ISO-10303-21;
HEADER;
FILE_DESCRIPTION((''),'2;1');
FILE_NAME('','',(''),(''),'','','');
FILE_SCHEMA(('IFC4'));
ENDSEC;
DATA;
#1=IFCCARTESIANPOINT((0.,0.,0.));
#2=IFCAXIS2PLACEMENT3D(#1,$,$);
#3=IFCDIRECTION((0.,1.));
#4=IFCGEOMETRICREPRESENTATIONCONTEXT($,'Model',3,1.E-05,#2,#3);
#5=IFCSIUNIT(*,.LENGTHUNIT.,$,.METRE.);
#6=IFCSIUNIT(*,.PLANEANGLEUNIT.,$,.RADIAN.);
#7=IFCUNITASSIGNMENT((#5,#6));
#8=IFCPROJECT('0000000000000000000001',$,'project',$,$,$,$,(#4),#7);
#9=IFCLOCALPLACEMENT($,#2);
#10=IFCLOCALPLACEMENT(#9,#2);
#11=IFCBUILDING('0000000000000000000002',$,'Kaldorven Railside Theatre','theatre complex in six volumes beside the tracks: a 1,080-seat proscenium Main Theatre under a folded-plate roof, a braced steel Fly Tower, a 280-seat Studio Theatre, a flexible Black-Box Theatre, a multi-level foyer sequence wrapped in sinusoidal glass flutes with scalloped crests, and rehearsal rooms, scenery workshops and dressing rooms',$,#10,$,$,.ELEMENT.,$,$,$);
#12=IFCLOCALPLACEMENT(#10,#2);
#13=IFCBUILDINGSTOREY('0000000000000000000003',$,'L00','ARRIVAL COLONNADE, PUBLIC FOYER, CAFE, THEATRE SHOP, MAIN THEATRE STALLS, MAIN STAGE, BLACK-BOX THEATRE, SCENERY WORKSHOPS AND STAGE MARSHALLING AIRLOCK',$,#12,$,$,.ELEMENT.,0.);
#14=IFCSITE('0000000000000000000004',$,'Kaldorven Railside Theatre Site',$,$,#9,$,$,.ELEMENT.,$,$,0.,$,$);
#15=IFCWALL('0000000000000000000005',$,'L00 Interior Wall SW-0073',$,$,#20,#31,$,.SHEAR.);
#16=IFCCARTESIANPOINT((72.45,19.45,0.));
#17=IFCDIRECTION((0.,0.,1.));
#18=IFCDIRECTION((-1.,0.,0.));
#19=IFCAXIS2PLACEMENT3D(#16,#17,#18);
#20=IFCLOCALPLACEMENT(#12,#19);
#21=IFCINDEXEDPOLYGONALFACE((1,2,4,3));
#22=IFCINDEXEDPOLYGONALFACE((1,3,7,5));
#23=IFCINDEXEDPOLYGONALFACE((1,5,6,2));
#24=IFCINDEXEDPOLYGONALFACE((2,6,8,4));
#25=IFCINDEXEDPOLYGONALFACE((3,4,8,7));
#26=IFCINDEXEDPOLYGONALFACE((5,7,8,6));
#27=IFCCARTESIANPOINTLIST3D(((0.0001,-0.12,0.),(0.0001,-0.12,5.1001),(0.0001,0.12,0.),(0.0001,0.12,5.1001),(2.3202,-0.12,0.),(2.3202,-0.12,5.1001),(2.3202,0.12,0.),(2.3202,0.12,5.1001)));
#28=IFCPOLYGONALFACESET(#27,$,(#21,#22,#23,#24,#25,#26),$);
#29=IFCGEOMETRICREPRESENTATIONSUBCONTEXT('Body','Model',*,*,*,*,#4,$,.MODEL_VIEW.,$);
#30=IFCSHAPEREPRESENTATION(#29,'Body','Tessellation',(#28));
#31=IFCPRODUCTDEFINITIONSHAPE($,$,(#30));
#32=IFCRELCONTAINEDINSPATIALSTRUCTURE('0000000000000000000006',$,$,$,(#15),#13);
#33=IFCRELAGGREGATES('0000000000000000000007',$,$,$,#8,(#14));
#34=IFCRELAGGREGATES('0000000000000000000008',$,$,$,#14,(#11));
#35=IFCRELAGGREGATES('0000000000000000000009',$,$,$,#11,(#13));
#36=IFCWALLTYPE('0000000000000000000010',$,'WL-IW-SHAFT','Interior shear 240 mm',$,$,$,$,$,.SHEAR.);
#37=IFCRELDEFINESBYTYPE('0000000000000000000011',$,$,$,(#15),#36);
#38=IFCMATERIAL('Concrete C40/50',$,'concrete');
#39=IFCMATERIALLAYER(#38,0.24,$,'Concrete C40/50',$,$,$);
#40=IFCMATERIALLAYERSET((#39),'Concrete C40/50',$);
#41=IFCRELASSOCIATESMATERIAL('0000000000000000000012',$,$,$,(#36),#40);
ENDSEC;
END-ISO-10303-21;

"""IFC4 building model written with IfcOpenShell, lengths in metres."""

from ifc_helpers import new_model, si_unit, direction, frame, frame_2d, origin, place, context, subcontext, project, spatial, rectangle, extrude, material, layer, layer_set, type_object, element, save


model = new_model("IFC4")

# Units and contexts
model_context = context("Model", 3, precision=1e-05, world=origin(), true_north=direction((0.0, 1.0)))
body_context = subcontext(model_context, "Body", "Model", "MODEL_VIEW")
ifc_project = project(units=[si_unit("LENGTHUNIT", "METRE"), si_unit("PLANEANGLEUNIT", "RADIAN")], contexts=[model_context])

# Site, building, storey
site_placement = place(None, origin())
site = spatial("IfcSite", under=ifc_project, at=site_placement, Name="Kaldorven Railside Theatre Site", CompositionType="ELEMENT", RefElevation=0.0)
building_placement = place(site_placement, origin())
building = spatial("IfcBuilding", under=site, at=building_placement, Name="Kaldorven Railside Theatre", Description="theatre complex in six volumes beside the tracks: a 1,080-seat proscenium Main Theatre under a folded-plate roof, a braced steel Fly Tower, a 280-seat Studio Theatre, a flexible Black-Box Theatre, a multi-level foyer sequence wrapped in sinusoidal glass flutes with scalloped crests, and rehearsal rooms, scenery workshops and dressing rooms", CompositionType="ELEMENT")
storey_placement = place(building_placement, origin())
storey = spatial("IfcBuildingStorey", under=building, at=storey_placement, Name="L00", Description="ARRIVAL COLONNADE, PUBLIC FOYER, CAFE, THEATRE SHOP, MAIN THEATRE STALLS, MAIN STAGE, BLACK-BOX THEATRE, SCENERY WORKSHOPS AND STAGE MARSHALLING AIRLOCK", CompositionType="ELEMENT", Elevation=0.0)

# Shared definitions
ifc_material_1 = material(Name="Concrete C40/50", Category="concrete")

# Shared definitions
ifc_layer_1 = layer(ifc_material_1, 0.24, Name="Concrete C40/50")
ifc_layer_set_1 = layer_set([ifc_layer_1], Name="Concrete C40/50")
wall_type_1 = type_object("IfcWallType", Name="WL-IW-SHAFT", Description="Interior shear 240 mm", PredefinedType="SHEAR", material=ifc_layer_set_1)

# Wall
wall_1_placement = place(storey_placement, frame((72.45, 19.45, 0.0), z_axis=(0.0, 0.0, 1.0), x_axis=(-1.0, 0.0, 0.0)))
element("IfcWall", 1, at=wall_1_placement, inside=storey, type_object=wall_type_1, Name="L00 Interior Wall SW-0073", PredefinedType="SHEAR", context=body_context, shape_type="SweptSolid", body=[
    extrude(rectangle(XDim=2.3201, YDim=0.24, at=frame_2d((1.1602, 0.0))), origin(), (0.0, 0.0, 1.0), 5.1001),
])

save(model, "model.ifc")
